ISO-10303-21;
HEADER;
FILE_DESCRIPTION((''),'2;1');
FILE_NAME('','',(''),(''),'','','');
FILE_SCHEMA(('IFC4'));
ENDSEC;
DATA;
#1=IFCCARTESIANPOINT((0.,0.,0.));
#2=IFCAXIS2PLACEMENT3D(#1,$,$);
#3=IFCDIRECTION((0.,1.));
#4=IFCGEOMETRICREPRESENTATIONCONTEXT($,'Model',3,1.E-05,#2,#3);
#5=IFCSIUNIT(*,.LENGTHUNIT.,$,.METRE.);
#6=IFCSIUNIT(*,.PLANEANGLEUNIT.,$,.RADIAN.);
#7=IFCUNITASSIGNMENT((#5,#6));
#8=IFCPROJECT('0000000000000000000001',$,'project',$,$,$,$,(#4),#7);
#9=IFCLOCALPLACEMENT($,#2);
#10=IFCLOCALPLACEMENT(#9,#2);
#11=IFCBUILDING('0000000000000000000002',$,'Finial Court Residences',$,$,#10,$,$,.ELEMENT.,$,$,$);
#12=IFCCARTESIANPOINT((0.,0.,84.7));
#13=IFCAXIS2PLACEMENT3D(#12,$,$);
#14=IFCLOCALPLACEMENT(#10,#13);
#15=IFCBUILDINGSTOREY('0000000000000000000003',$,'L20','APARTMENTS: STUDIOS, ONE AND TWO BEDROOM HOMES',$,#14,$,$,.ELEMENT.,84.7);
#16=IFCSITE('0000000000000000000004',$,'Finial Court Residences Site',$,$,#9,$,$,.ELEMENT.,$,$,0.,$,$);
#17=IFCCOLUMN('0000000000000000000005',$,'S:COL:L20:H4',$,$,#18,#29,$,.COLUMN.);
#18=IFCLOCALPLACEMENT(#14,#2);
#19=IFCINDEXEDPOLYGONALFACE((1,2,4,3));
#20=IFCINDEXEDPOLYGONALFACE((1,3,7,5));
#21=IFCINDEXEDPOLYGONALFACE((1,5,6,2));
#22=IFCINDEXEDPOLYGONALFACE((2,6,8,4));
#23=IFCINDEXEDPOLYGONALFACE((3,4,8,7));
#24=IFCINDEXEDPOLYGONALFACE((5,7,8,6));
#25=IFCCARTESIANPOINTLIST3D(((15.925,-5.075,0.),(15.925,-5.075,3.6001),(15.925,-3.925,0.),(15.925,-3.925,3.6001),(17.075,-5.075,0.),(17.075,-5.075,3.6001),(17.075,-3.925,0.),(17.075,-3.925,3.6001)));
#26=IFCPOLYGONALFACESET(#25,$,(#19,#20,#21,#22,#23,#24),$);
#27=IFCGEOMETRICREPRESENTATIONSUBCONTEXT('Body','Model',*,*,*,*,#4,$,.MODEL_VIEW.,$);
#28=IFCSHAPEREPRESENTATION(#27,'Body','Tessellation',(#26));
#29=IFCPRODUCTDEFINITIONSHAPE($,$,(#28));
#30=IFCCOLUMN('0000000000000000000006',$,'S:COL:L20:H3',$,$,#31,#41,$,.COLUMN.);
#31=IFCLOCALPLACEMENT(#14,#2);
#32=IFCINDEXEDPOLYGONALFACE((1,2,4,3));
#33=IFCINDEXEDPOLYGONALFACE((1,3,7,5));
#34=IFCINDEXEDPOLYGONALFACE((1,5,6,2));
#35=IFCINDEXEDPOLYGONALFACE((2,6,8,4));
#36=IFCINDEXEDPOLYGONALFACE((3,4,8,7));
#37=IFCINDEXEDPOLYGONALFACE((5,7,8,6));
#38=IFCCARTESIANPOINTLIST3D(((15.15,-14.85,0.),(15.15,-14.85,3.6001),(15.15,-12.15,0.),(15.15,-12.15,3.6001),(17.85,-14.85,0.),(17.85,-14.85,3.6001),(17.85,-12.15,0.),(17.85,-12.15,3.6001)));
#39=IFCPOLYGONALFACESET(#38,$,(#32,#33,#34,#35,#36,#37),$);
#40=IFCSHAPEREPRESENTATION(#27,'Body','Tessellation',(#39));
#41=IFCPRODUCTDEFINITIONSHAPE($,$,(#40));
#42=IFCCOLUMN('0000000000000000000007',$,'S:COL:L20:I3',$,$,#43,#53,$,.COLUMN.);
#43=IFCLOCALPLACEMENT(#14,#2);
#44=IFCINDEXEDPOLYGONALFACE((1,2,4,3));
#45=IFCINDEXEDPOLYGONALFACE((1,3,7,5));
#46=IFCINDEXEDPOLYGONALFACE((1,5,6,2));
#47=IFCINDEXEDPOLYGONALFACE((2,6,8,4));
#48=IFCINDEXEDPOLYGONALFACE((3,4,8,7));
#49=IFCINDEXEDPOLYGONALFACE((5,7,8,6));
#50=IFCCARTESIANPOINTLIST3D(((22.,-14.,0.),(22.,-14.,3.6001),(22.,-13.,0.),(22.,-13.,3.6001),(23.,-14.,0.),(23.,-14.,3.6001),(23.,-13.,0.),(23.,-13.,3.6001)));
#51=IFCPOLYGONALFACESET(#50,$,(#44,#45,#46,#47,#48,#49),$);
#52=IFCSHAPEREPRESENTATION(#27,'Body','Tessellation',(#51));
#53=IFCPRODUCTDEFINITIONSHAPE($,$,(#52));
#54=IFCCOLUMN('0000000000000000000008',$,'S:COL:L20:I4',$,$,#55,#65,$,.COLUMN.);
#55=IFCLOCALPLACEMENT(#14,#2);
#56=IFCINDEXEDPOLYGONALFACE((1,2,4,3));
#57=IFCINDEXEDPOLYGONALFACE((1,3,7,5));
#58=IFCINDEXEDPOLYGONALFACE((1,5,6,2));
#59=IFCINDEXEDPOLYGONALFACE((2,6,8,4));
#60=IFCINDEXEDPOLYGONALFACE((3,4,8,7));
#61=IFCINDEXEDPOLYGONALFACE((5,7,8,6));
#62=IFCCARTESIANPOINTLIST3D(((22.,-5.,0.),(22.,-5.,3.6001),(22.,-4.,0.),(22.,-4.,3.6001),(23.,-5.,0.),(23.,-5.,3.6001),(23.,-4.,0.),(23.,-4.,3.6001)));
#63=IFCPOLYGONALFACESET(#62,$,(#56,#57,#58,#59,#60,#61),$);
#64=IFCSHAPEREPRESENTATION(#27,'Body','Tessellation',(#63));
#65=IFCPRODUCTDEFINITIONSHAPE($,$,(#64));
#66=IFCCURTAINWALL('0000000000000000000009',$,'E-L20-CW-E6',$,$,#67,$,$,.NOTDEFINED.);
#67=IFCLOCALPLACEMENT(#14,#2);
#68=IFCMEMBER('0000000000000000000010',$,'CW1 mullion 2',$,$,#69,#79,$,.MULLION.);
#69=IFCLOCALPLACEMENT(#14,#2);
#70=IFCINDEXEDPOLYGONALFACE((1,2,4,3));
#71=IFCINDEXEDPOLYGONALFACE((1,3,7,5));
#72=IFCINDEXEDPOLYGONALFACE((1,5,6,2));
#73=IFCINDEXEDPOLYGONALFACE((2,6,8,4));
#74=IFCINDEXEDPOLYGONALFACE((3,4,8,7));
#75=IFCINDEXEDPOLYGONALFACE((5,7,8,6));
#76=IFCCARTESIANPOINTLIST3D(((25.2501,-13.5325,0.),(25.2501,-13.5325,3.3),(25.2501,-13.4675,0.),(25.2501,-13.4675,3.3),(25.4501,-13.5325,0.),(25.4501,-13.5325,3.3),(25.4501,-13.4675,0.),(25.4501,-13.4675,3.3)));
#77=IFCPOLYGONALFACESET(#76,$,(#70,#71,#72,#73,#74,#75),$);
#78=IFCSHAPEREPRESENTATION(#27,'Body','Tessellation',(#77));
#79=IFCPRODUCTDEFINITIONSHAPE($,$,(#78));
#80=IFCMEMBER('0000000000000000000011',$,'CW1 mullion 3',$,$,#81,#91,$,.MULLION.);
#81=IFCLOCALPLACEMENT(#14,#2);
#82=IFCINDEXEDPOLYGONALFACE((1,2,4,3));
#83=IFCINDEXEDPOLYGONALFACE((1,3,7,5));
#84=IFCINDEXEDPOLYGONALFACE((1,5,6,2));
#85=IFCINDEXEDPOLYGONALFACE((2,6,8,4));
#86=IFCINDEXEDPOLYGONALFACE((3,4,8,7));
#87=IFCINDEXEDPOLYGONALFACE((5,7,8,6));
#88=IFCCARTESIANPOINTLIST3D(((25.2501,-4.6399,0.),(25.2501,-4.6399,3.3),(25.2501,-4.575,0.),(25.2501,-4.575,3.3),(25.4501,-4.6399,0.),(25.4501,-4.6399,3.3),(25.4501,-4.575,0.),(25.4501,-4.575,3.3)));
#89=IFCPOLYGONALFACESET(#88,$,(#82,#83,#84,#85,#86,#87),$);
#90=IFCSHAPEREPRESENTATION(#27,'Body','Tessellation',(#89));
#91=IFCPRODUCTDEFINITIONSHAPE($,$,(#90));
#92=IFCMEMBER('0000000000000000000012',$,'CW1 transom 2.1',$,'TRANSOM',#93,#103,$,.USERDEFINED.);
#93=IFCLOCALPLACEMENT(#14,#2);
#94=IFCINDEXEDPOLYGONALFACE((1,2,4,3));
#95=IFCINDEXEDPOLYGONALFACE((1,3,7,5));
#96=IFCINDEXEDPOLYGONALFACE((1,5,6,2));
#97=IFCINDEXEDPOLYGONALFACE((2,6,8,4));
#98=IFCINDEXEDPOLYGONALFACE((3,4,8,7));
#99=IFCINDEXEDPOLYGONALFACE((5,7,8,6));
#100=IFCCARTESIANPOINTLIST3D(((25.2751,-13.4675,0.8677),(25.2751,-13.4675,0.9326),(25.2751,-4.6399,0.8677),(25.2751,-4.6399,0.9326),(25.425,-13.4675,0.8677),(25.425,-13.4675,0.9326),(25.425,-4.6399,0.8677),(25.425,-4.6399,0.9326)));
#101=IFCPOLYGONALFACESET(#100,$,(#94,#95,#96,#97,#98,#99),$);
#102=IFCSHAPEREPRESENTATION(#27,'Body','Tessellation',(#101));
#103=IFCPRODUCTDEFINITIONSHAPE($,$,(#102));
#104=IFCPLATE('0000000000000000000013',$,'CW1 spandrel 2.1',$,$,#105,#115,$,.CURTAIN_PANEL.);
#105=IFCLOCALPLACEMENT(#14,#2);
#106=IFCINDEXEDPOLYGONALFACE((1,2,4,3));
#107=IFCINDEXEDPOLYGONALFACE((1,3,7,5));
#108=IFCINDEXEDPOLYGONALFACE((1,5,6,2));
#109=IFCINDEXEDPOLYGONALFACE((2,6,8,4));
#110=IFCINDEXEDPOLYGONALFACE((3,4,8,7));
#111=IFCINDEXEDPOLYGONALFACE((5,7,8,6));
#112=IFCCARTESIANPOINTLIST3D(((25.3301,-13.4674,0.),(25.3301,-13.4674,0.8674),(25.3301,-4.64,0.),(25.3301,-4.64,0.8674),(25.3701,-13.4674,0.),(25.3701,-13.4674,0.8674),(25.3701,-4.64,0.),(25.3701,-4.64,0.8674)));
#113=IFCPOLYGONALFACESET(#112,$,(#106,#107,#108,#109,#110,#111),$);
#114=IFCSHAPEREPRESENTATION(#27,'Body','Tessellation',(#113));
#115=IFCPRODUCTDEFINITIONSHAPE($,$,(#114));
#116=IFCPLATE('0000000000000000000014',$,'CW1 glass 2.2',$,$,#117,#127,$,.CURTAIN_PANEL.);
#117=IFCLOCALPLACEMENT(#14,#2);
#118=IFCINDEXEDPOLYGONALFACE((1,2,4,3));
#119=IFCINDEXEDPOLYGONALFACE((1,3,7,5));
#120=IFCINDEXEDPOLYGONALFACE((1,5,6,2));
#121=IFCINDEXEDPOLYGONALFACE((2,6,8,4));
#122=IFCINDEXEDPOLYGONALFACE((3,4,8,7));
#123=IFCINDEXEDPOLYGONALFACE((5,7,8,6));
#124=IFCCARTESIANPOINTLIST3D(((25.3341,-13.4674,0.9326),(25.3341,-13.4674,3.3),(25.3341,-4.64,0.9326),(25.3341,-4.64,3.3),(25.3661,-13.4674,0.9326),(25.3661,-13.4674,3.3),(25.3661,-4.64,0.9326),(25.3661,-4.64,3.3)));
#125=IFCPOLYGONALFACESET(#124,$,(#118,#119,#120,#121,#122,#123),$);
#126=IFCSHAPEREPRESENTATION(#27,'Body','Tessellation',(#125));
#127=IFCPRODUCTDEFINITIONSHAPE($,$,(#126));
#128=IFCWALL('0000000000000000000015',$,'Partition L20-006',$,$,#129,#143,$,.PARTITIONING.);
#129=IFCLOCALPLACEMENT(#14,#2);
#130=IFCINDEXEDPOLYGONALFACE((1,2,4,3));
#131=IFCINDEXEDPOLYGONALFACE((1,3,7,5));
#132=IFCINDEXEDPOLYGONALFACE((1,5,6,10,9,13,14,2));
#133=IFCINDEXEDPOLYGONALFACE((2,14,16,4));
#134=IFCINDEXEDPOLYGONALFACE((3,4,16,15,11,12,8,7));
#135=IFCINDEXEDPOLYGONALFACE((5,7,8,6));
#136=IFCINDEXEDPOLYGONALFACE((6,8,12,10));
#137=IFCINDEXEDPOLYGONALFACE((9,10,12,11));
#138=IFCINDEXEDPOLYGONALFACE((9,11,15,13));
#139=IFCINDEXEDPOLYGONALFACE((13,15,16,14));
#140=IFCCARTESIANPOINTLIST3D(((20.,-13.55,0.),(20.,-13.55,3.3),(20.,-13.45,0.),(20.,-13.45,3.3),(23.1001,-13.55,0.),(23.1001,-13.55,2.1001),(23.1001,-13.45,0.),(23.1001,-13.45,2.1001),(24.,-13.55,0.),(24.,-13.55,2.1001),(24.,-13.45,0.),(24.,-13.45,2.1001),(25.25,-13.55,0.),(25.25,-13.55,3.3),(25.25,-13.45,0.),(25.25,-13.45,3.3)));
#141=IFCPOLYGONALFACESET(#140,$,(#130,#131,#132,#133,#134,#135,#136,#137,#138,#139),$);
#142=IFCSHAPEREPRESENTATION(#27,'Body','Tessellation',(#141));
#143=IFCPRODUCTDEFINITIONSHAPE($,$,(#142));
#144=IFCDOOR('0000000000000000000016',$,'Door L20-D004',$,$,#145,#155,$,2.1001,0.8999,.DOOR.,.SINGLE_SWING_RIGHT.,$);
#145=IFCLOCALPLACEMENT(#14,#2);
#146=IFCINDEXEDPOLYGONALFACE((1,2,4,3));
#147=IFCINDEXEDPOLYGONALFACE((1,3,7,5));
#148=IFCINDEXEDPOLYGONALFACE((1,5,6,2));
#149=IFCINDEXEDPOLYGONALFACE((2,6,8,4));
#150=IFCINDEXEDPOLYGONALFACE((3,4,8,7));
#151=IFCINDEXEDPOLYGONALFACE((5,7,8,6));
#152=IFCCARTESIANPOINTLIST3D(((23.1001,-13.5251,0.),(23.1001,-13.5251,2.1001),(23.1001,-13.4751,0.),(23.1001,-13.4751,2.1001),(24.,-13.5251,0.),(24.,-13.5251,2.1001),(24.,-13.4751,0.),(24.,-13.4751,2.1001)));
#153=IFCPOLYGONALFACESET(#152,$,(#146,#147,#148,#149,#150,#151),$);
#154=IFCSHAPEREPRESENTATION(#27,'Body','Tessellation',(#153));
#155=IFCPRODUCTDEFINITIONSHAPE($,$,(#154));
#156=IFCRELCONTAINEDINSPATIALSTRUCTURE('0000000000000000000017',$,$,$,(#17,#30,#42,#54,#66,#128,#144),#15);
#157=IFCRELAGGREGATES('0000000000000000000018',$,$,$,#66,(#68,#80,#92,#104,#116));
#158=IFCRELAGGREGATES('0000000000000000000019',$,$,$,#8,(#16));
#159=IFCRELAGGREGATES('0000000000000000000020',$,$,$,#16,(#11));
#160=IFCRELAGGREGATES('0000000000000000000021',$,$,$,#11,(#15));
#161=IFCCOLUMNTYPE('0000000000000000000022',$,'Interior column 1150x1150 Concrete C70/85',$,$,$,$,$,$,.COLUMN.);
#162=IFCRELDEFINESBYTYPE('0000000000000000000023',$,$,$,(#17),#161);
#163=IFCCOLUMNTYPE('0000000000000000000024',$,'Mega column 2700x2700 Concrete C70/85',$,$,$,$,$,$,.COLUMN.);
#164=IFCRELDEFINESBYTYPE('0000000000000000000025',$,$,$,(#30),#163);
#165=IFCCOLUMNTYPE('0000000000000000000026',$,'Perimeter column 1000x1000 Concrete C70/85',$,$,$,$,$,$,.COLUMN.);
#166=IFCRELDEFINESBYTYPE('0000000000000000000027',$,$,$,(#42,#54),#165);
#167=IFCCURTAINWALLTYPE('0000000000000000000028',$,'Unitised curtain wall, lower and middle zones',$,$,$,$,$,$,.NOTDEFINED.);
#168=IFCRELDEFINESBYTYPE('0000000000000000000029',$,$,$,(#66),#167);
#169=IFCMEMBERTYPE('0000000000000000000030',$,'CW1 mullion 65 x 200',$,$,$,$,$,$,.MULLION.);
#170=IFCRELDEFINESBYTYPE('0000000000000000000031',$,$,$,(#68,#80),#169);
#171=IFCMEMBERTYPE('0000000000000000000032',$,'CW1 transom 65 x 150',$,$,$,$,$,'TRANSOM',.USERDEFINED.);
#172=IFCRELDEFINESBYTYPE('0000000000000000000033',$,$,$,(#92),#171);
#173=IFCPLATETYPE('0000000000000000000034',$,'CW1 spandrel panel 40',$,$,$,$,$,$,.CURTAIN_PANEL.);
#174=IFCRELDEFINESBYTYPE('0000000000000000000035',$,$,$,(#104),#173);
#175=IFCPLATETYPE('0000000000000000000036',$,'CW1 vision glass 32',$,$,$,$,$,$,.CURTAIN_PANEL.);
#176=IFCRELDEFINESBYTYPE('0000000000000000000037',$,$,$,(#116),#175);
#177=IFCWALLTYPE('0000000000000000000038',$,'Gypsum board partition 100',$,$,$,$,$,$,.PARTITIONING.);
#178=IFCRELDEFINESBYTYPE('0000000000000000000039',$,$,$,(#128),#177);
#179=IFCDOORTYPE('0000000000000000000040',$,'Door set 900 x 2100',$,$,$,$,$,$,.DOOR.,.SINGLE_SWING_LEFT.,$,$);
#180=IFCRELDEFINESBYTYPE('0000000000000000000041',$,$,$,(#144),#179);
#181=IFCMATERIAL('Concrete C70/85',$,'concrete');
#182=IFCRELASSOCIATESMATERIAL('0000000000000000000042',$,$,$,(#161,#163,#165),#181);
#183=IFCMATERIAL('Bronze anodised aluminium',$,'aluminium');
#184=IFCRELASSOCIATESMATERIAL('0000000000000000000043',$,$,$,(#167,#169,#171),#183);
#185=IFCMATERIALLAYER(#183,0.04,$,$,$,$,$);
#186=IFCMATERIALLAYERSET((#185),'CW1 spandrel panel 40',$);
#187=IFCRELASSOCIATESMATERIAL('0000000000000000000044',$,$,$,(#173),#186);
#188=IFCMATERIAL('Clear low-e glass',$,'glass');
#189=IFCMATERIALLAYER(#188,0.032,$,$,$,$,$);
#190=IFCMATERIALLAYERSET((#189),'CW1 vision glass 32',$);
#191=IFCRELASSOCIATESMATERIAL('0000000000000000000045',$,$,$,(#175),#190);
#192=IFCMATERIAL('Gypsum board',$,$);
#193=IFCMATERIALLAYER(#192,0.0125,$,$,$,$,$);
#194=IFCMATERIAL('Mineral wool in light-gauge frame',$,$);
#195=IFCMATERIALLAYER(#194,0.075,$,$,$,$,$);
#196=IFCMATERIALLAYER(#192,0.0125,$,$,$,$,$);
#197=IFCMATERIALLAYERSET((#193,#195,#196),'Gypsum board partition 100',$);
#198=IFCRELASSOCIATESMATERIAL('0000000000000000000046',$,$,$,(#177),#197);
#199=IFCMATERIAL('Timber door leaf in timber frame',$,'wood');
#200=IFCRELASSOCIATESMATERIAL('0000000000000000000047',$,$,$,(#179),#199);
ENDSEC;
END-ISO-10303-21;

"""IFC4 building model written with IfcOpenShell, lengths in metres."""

from ifc_helpers import new_model, si_unit, direction, frame, frame_2d, origin, origin_2d, place, context, subcontext, project, spatial, rectangle, extrude, material, layer, layer_set, material_profile, profile_set, type_object, element, fill, aggregate, save


model = new_model("IFC4")

# Units and contexts
model_context = context("Model", 3, precision=1e-05, world=origin(), true_north=direction((0.0, 1.0)))
body_context = subcontext(model_context, "Body", "Model", "MODEL_VIEW")
ifc_project = project(units=[si_unit("LENGTHUNIT", "METRE"), si_unit("PLANEANGLEUNIT", "RADIAN")], contexts=[model_context])

# Site, building, storey
site_placement = place(None, origin())
site = spatial("IfcSite", under=ifc_project, at=site_placement, Name="Finial Court Residences Site", CompositionType="ELEMENT", RefElevation=0.0)
building_placement = place(site_placement, origin())
building = spatial("IfcBuilding", under=site, at=building_placement, Name="Finial Court Residences", CompositionType="ELEMENT")
storey_placement = place(building_placement, frame((0.0, 0.0, 84.7)))
storey = spatial("IfcBuildingStorey", under=building, at=storey_placement, Name="L20", Description="APARTMENTS: STUDIOS, ONE AND TWO BEDROOM HOMES", CompositionType="ELEMENT", Elevation=84.7)

# Columns
ifc_material_1 = material(Name="Concrete C70/85", Category="concrete")
ifc_material_profile_1 = material_profile(ifc_material_1, rectangle(XDim=1.1499, YDim=1.1499, at=origin_2d()), Name="1150x1150")
ifc_profile_set_1 = profile_set([ifc_material_profile_1], Name="Concrete C70/85")
column_type_1 = type_object("IfcColumnType", Name="Interior column 1150x1150 Concrete C70/85", PredefinedType="COLUMN", material=ifc_profile_set_1)
column_1_placement = place(storey_placement, frame((16.5, -4.5, 0.0), z_axis=(0.0, 0.0, 1.0), x_axis=(1.0, 0.0, 0.0)))
element("IfcColumn", 1, at=column_1_placement, inside=storey, type_object=column_type_1, Name="S:COL:L20:H4", PredefinedType="COLUMN", context=body_context, shape_type="SweptSolid", body=[
    extrude(rectangle(XDim=1.1499, YDim=1.1499, at=origin_2d()), origin(), (0.0, 0.0, 1.0), 3.6001),
])
ifc_material_profile_2 = material_profile(ifc_material_1, rectangle(XDim=2.7, YDim=2.7, at=origin_2d()), Name="2700x2700")
ifc_profile_set_2 = profile_set([ifc_material_profile_2], Name="Concrete C70/85")
column_type_2 = type_object("IfcColumnType", Name="Mega column 2700x2700 Concrete C70/85", PredefinedType="COLUMN", material=ifc_profile_set_2)
column_2_placement = place(storey_placement, frame((16.5, -13.5, 0.0), z_axis=(0.0, 0.0, 1.0), x_axis=(1.0, 0.0, 0.0)))
element("IfcColumn", 2, at=column_2_placement, inside=storey, type_object=column_type_2, Name="S:COL:L20:H3", PredefinedType="COLUMN", context=body_context, shape_type="SweptSolid", body=[
    extrude(rectangle(XDim=2.7, YDim=2.7, at=origin_2d()), origin(), (0.0, 0.0, 1.0), 3.6001),
])
ifc_material_profile_3 = material_profile(ifc_material_1, rectangle(XDim=1.0, YDim=1.0, at=origin_2d()), Name="1000x1000")
ifc_profile_set_3 = profile_set([ifc_material_profile_3], Name="Concrete C70/85")
column_type_3 = type_object("IfcColumnType", Name="Perimeter column 1000x1000 Concrete C70/85", PredefinedType="COLUMN", material=ifc_profile_set_3)
for number, where, z_axis, x_axis, name in (
    (3, (22.5, -13.5, 0.0), (0.0, 0.0, 1.0), (1.0, 0.0, 0.0), "S:COL:L20:I3"),
    (4, (22.5, -4.5, 0.0), (0.0, 0.0, 1.0), (1.0, 0.0, 0.0), "S:COL:L20:I4"),
):
    element("IfcColumn", number, at=place(storey_placement, frame(where, z_axis=z_axis, x_axis=x_axis)), inside=storey, type_object=column_type_3, Name=name, PredefinedType="COLUMN", context=body_context, shape_type="SweptSolid", body=[
        extrude(rectangle(XDim=1.0, YDim=1.0, at=origin_2d()), origin(), (0.0, 0.0, 1.0), 3.6001),
    ])

# Curtain wall, members, plates
ifc_material_2 = material(Name="Bronze anodised aluminium", Category="aluminium")
curtain_wall_type = type_object("IfcCurtainWallType", Name="Unitised curtain wall, lower and middle zones", PredefinedType="NOTDEFINED", material=ifc_material_2)
curtain_wall_placement = place(storey_placement, origin())
curtain_wall = element("IfcCurtainWall", 5, at=curtain_wall_placement, inside=storey, type_object=curtain_wall_type, Name="E-L20-CW-E6", PredefinedType="NOTDEFINED")
ifc_material_profile_4 = material_profile(ifc_material_2, rectangle(XDim=0.2, YDim=0.0649, at=origin_2d()), Name="CW1 mullion 65 x 200")
ifc_profile_set_4 = profile_set([ifc_material_profile_4], Name="Bronze anodised aluminium")
member_type_1 = type_object("IfcMemberType", Name="CW1 mullion 65 x 200", PredefinedType="MULLION", material=ifc_profile_set_4)
member_1_placement = place(storey_placement, frame((25.3501, -13.5, 0.0), z_axis=(0.0, 0.0, 1.0), x_axis=(-1.0, 0.0, 0.0)))
member_1 = element("IfcMember", 6, at=member_1_placement, type_object=member_type_1, Name="CW1 mullion 2", PredefinedType="MULLION", context=body_context, shape_type="SweptSolid", body=[
    extrude(rectangle(XDim=0.2, YDim=0.0649, at=origin_2d()), origin(), (0.0, 0.0, 1.0), 3.3),
])
member_2_placement = place(storey_placement, frame((25.3501, -4.6074, 0.0), z_axis=(0.0, 0.0, 1.0), x_axis=(-1.0, 0.0, 0.0)))
member_2 = element("IfcMember", 7, at=member_2_placement, type_object=member_type_1, Name="CW1 mullion 3", PredefinedType="MULLION", context=body_context, shape_type="SweptSolid", body=[
    extrude(rectangle(XDim=0.2, YDim=0.0649, at=origin_2d()), origin(), (0.0, 0.0, 1.0), 3.3),
])
ifc_material_profile_5 = material_profile(ifc_material_2, rectangle(XDim=0.1499, YDim=0.0649, at=origin_2d()), Name="CW1 transom 65 x 150")
ifc_profile_set_5 = profile_set([ifc_material_profile_5], Name="Bronze anodised aluminium")
member_type_2 = type_object("IfcMemberType", Name="CW1 transom 65 x 150", ElementType="TRANSOM", PredefinedType="USERDEFINED", material=ifc_profile_set_5)
member_3_placement = place(storey_placement, frame((25.3501, -13.4675, 0.9001), z_axis=(0.0, 1.0, 0.0), x_axis=(-1.0, 0.0, 0.0)))
member_3 = element("IfcMember", 8, at=member_3_placement, type_object=member_type_2, Name="CW1 transom 2.1", ObjectType="TRANSOM", PredefinedType="USERDEFINED", context=body_context, shape_type="SweptSolid", body=[
    extrude(rectangle(XDim=0.1499, YDim=0.0649, at=origin_2d()), origin(), (0.0, 0.0, 1.0), 8.8276),
])
ifc_layer_1 = layer(ifc_material_2, 0.04)
ifc_layer_set_1 = layer_set([ifc_layer_1], Name="CW1 spandrel panel 40")
plate_type_1 = type_object("IfcPlateType", Name="CW1 spandrel panel 40", PredefinedType="CURTAIN_PANEL", material=ifc_layer_set_1)
plate_1_placement = place(storey_placement, frame((25.3501, -9.0537, 0.0), z_axis=(0.0, 0.0, 1.0), x_axis=(0.0, 1.0, 0.0)))
plate_1 = element("IfcPlate", 9, at=plate_1_placement, type_object=plate_type_1, Name="CW1 spandrel 2.1", PredefinedType="CURTAIN_PANEL", context=body_context, shape_type="SweptSolid", body=[
    extrude(rectangle(XDim=8.8274, YDim=0.04, at=origin_2d()), origin(), (0.0, 0.0, 1.0), 0.8674),
])
ifc_material_3 = material(Name="Clear low-e glass", Category="glass")
ifc_layer_2 = layer(ifc_material_3, 0.032)
ifc_layer_set_2 = layer_set([ifc_layer_2], Name="CW1 vision glass 32")
plate_type_2 = type_object("IfcPlateType", Name="CW1 vision glass 32", PredefinedType="CURTAIN_PANEL", material=ifc_layer_set_2)
plate_2_placement = place(storey_placement, frame((25.3501, -9.0537, 0.9326), z_axis=(0.0, 0.0, 1.0), x_axis=(0.0, 1.0, 0.0)))
plate_2 = element("IfcPlate", 10, at=plate_2_placement, type_object=plate_type_2, Name="CW1 glass 2.2", PredefinedType="CURTAIN_PANEL", context=body_context, shape_type="SweptSolid", body=[
    extrude(rectangle(XDim=8.8274, YDim=0.032, at=origin_2d()), origin(), (0.0, 0.0, 1.0), 2.3674),
])
aggregate(curtain_wall, [member_1, member_2, member_3, plate_1, plate_2])

# Wall, opening, door
ifc_material_4 = material(Name="Gypsum board")
ifc_layer_3 = layer(ifc_material_4, 0.0125)
ifc_material_5 = material(Name="Mineral wool in light-gauge frame")
ifc_layer_4 = layer(ifc_material_5, 0.075)
ifc_layer_5 = layer(ifc_material_4, 0.0125)
ifc_layer_set_3 = layer_set([ifc_layer_3, ifc_layer_4, ifc_layer_5], Name="Gypsum board partition 100")
wall_type_1 = type_object("IfcWallType", Name="Gypsum board partition 100", PredefinedType="PARTITIONING", material=ifc_layer_set_3)
wall_1_placement = place(storey_placement, frame((20.0, -13.5, 0.0), z_axis=(0.0, 0.0, 1.0), x_axis=(1.0, 0.0, 0.0)))
wall_1 = element("IfcWall", 11, at=wall_1_placement, inside=storey, type_object=wall_type_1, Name="Partition L20-006", PredefinedType="PARTITIONING", context=body_context, shape_type="SweptSolid", body=[
    extrude(rectangle(XDim=5.25, YDim=0.1001, at=frame_2d((2.625, 0.0))), origin(), (0.0, 0.0, 1.0), 3.3),
])
opening_1_placement = place(wall_1_placement, frame((3.1001, 0.0, 0.0)))
opening_1 = element("IfcOpeningElement", 12, at=opening_1_placement, cuts=wall_1, PredefinedType="OPENING", context=body_context, shape_type="SweptSolid", body=[
    extrude(rectangle(XDim=0.8999, YDim=2.1001, at=frame_2d((0.45, 1.05))), frame((0.0, 0.0601, 0.0), z_axis=(0.0, -1.0, 0.0), x_axis=(1.0, 0.0, 0.0)), (0.0, 0.0, 1.0), 0.1201),
])
ifc_material_6 = material(Name="Timber door leaf in timber frame", Category="wood")
door_type = type_object("IfcDoorType", Name="Door set 900 x 2100", OperationType="SINGLE_SWING_LEFT", PredefinedType="DOOR", material=ifc_material_6)
door_1_placement = place(opening_1_placement, origin())
door_1 = element("IfcDoor", 13, at=door_1_placement, inside=storey, type_object=door_type, Name="Door L20-D004", OperationType="SINGLE_SWING_RIGHT", OverallHeight=2.1001, OverallWidth=0.8999, PredefinedType="DOOR", context=body_context, shape_type="SweptSolid", body=[
    extrude(rectangle(XDim=0.8999, YDim=2.1001, at=frame_2d((0.45, 1.05))), frame((0.0, 0.0249, 0.0), z_axis=(0.0, -1.0, 0.0), x_axis=(1.0, 0.0, 0.0)), (0.0, 0.0, 1.0), 0.05),
])
fill(opening_1, door_1)

save(model, "model.ifc")
